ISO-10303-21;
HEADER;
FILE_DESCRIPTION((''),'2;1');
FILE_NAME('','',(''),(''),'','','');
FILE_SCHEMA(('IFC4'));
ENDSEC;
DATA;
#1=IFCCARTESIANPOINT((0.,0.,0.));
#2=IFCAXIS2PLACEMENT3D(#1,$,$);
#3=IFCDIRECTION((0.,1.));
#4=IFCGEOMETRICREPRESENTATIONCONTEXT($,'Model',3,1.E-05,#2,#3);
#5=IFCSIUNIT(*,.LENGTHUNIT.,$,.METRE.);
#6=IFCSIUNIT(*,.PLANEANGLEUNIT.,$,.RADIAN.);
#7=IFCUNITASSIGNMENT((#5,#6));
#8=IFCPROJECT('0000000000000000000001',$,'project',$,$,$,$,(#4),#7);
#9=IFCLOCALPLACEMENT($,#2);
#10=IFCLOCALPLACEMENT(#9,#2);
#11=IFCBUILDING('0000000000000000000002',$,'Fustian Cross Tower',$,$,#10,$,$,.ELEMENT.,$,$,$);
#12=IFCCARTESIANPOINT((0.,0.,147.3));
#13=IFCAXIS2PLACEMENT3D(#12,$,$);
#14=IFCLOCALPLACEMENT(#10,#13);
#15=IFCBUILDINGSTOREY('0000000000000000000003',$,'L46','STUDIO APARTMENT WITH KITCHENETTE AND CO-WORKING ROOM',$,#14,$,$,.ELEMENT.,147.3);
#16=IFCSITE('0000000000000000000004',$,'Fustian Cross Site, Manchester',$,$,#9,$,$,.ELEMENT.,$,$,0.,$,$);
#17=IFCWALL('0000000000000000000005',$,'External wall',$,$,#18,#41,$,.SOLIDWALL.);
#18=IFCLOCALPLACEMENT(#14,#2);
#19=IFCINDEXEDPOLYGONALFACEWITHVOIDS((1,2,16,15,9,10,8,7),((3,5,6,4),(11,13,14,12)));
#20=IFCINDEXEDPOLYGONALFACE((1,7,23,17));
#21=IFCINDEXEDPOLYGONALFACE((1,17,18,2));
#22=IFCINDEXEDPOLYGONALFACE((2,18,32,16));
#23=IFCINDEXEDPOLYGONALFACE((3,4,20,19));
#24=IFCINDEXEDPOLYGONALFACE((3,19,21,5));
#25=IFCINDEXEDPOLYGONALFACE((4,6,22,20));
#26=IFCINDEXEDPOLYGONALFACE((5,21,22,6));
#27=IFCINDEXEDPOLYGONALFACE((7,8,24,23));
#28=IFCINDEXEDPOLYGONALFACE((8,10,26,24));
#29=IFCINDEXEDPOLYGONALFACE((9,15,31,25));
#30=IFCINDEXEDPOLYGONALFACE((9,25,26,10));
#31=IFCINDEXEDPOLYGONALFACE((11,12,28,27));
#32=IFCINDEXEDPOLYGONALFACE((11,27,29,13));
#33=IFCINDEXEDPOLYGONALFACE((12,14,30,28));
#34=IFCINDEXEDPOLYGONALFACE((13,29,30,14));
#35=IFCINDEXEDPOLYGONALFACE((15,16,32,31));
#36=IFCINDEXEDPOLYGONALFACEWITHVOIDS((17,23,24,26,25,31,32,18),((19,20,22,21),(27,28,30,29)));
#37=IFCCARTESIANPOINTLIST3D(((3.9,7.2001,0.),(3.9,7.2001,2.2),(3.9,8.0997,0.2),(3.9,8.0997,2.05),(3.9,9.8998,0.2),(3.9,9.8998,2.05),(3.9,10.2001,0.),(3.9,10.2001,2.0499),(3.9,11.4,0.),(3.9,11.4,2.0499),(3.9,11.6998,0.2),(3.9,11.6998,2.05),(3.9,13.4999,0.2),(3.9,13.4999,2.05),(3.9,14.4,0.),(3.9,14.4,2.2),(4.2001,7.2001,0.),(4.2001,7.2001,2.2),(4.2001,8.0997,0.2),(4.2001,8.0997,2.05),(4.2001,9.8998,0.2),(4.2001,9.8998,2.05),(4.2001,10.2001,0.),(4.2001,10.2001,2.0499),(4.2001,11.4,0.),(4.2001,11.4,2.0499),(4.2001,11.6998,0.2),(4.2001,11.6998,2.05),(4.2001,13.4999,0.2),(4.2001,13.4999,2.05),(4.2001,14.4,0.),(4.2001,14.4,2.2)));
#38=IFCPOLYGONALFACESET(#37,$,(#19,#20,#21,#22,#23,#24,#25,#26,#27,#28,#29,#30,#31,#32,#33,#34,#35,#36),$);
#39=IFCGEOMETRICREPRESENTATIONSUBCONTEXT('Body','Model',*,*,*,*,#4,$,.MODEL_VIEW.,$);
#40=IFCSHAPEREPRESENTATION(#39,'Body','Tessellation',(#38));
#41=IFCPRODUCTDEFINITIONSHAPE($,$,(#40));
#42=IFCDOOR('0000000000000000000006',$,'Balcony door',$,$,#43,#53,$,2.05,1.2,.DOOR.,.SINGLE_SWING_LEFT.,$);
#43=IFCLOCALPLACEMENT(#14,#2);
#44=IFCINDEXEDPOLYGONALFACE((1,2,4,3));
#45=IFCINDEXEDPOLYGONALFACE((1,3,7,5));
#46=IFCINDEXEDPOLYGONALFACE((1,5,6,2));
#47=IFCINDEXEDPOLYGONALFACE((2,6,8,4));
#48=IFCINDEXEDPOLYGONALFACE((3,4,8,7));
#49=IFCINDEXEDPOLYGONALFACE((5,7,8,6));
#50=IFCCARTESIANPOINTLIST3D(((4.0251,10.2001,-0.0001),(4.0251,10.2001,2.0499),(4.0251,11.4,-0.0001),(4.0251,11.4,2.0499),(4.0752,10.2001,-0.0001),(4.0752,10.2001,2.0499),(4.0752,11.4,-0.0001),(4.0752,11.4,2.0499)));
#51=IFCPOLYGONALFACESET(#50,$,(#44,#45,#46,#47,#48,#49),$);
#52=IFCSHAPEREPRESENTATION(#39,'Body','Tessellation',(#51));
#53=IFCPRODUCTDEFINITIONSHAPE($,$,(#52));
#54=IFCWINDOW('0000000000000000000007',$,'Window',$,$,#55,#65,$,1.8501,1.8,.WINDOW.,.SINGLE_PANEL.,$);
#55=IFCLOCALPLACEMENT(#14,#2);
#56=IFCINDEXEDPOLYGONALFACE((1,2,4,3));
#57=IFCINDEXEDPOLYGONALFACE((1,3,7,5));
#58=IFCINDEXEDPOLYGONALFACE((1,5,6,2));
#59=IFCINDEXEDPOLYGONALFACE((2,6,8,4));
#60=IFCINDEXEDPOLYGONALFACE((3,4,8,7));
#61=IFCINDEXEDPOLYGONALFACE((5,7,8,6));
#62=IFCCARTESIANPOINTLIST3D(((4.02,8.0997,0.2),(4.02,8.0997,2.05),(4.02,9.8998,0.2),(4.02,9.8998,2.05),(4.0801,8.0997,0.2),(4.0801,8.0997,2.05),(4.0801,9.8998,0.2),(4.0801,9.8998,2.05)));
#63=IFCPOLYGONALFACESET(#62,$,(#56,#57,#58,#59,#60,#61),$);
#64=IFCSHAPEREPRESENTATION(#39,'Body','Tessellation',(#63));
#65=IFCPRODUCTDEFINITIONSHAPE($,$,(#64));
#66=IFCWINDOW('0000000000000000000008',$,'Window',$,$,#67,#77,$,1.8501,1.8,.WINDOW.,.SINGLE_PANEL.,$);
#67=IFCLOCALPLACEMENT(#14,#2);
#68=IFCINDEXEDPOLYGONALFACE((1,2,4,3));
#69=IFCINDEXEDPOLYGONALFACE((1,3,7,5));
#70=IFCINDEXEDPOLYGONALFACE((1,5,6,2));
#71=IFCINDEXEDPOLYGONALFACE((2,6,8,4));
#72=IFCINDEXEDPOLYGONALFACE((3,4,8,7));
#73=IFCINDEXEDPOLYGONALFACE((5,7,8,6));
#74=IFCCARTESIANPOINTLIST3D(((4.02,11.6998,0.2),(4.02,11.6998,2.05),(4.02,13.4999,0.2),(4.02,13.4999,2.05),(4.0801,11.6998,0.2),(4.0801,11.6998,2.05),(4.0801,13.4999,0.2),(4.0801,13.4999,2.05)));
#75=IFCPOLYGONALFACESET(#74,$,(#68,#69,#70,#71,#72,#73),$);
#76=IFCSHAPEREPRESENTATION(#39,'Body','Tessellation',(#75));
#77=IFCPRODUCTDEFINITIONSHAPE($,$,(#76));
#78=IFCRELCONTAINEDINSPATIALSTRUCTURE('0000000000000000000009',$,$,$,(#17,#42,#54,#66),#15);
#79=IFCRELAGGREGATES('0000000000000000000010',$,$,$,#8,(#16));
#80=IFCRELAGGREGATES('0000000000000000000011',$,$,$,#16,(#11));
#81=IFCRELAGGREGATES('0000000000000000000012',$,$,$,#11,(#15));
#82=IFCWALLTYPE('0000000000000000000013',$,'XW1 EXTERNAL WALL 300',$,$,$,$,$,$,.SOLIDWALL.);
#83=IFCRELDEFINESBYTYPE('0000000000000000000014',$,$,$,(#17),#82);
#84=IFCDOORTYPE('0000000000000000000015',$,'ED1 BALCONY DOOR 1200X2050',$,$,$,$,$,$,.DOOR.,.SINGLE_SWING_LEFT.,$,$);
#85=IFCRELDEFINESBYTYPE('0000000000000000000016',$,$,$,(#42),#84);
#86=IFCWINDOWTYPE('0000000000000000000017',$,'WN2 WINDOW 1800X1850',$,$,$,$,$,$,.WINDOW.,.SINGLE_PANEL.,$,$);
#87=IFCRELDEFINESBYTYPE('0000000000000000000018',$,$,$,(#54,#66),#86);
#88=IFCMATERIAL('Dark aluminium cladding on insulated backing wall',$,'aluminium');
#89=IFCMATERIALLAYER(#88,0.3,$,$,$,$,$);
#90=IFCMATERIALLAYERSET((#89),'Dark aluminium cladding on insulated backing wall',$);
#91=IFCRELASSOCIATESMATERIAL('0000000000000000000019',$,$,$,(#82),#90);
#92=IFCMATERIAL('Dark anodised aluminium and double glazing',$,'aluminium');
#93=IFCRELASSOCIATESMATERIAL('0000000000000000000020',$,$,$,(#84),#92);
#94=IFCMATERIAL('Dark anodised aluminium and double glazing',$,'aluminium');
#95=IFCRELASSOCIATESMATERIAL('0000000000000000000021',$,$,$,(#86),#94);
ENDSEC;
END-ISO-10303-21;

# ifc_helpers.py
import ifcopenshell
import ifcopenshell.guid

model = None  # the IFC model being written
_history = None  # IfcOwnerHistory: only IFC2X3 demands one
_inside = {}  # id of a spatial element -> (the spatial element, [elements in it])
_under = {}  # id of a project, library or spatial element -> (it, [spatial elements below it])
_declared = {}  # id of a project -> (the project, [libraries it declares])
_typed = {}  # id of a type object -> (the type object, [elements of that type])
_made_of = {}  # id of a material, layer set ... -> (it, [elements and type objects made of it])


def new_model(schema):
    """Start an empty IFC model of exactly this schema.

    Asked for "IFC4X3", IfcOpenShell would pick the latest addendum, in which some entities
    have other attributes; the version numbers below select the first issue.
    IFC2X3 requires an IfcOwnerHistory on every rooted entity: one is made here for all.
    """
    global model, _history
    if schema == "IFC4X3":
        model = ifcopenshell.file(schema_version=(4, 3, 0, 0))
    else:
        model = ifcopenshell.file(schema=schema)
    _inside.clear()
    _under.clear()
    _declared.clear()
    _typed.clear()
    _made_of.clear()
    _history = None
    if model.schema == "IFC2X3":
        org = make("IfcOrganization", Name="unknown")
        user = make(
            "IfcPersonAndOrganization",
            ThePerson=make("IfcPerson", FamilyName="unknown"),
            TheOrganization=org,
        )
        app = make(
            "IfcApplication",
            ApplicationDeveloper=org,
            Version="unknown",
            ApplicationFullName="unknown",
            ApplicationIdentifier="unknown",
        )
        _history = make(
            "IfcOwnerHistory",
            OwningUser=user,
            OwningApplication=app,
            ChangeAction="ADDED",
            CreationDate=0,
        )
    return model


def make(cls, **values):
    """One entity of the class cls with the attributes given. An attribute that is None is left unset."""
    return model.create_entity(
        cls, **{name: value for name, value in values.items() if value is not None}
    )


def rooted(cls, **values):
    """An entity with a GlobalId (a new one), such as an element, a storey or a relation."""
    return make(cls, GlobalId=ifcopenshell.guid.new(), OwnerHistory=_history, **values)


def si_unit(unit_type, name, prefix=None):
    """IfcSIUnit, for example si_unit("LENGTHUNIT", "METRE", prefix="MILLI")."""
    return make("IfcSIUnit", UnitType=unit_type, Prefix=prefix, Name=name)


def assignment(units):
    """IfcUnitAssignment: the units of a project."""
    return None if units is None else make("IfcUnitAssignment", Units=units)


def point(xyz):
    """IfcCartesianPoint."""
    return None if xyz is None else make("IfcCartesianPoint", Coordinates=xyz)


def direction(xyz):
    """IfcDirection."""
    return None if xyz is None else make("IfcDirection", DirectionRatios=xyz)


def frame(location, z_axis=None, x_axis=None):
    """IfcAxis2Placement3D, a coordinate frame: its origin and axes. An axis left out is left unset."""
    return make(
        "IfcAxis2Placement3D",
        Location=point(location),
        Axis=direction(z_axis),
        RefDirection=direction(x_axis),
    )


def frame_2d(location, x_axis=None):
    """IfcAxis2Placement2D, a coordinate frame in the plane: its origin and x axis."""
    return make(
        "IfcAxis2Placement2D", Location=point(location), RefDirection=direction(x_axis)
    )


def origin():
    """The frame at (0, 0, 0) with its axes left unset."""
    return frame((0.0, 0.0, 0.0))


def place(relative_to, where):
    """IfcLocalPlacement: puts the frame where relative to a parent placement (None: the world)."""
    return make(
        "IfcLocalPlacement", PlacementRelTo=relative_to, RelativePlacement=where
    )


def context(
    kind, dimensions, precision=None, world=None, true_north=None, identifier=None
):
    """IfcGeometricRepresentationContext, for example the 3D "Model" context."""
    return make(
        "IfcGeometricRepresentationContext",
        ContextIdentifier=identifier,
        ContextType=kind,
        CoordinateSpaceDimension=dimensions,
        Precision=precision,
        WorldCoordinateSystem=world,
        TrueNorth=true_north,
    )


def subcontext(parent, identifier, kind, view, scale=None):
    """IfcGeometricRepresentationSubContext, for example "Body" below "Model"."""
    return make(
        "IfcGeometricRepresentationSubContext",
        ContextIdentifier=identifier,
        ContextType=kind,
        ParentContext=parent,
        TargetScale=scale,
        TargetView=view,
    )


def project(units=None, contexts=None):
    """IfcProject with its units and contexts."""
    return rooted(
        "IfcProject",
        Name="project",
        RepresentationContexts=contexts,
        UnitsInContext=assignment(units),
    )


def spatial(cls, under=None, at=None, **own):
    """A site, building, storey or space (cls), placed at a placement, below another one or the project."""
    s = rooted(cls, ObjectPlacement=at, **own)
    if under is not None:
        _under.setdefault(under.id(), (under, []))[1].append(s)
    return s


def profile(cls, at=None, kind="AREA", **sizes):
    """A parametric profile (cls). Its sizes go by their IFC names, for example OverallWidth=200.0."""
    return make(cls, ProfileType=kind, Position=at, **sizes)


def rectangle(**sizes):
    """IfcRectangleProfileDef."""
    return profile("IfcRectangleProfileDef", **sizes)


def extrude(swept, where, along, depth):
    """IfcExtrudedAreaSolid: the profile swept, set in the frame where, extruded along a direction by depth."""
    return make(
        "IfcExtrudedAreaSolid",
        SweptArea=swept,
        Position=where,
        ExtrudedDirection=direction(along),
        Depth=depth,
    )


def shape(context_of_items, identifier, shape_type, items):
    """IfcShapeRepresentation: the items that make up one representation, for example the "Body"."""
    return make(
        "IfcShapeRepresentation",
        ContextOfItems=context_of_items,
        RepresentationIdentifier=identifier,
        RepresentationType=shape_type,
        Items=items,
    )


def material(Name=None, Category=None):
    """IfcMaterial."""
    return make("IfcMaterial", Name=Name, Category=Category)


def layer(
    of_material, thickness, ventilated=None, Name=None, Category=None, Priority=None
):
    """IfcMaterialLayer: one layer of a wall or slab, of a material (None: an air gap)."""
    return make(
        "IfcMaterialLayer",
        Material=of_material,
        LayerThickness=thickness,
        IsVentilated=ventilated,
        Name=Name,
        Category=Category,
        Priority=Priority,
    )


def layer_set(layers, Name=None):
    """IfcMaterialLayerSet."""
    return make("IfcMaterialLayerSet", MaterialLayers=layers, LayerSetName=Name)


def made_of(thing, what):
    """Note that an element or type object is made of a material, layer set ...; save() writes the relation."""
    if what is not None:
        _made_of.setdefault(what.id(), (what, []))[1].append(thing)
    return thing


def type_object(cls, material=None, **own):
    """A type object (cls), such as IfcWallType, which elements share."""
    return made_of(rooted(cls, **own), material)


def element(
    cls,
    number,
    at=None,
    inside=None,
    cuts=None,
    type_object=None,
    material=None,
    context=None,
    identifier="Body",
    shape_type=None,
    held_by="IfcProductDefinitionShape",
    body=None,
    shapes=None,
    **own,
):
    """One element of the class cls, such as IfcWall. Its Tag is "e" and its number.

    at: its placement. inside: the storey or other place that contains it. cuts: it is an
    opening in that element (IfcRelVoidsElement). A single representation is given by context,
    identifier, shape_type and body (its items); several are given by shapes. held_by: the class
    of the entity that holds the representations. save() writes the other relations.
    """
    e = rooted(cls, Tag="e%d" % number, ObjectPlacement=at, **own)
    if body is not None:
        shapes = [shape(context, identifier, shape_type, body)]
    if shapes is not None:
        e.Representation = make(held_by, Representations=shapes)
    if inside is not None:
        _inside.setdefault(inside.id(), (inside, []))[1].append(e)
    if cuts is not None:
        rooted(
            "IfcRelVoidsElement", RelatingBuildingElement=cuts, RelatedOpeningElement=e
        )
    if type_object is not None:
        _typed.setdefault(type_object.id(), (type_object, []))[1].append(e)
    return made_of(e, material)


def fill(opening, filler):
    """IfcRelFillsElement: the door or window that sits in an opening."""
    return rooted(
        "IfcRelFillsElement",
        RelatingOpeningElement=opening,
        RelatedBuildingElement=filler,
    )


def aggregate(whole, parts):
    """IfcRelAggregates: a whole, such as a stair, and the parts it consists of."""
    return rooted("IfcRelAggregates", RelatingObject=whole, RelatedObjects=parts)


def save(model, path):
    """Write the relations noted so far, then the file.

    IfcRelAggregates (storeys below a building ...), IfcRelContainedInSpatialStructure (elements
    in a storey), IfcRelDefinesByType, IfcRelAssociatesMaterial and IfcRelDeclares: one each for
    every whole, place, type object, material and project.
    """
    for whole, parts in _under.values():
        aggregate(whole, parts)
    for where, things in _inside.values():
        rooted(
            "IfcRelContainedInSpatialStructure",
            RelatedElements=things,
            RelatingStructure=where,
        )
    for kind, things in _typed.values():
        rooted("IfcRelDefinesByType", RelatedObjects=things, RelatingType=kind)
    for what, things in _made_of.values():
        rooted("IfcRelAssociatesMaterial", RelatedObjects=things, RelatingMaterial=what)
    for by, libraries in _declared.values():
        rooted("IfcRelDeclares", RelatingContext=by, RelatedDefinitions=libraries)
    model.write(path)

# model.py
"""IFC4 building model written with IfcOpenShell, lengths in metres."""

from ifc_helpers import new_model, si_unit, direction, frame, frame_2d, origin, place, context, subcontext, project, spatial, rectangle, extrude, material, layer, layer_set, type_object, element, fill, save


model = new_model("IFC4")

# Units and contexts
model_context = context("Model", 3, precision=1e-05, world=origin(), true_north=direction((0.0, 1.0)))
body_context = subcontext(model_context, "Body", "Model", "MODEL_VIEW")
ifc_project = project(units=[si_unit("LENGTHUNIT", "METRE"), si_unit("PLANEANGLEUNIT", "RADIAN")], contexts=[model_context])

# Site, building, storey
site_placement = place(None, origin())
site = spatial("IfcSite", under=ifc_project, at=site_placement, Name="Fustian Cross Site, Manchester", CompositionType="ELEMENT", RefElevation=0.0)
building_placement = place(site_placement, origin())
building = spatial("IfcBuilding", under=site, at=building_placement, Name="Fustian Cross Tower", CompositionType="ELEMENT")
storey_placement = place(building_placement, frame((0.0, 0.0, 147.3)))
storey = spatial("IfcBuildingStorey", under=building, at=storey_placement, Name="L46", Description="STUDIO APARTMENT WITH KITCHENETTE AND CO-WORKING ROOM", CompositionType="ELEMENT", Elevation=147.3)

# Shared definitions
ifc_material_1 = material(Name="Dark aluminium cladding on insulated backing wall", Category="aluminium")
ifc_layer_1 = layer(ifc_material_1, 0.3)
ifc_layer_set_1 = layer_set([ifc_layer_1], Name="Dark aluminium cladding on insulated backing wall")
wall_type_1 = type_object("IfcWallType", Name="XW1 EXTERNAL WALL 300", PredefinedType="SOLIDWALL", material=ifc_layer_set_1)

# Wall, openings, door, windows
wall_1_placement = place(storey_placement, frame((4.05, 7.2, 0.0), z_axis=(0.0, 0.0, 1.0), x_axis=(0.0, 1.0, 0.0)))
wall_1 = element("IfcWall", 1, at=wall_1_placement, inside=storey, type_object=wall_type_1, Name="External wall", PredefinedType="SOLIDWALL", context=body_context, shape_type="SweptSolid", body=[
    extrude(rectangle(XDim=7.2, YDim=0.3, at=frame_2d((3.6001, 0.0))), origin(), (0.0, 0.0, 1.0), 2.2),
])
opening_1_placement = place(wall_1_placement, frame((3.0, 0.0, 0.0)))
opening_1 = element("IfcOpeningElement", 2, at=opening_1_placement, cuts=wall_1, PredefinedType="OPENING", context=body_context, shape_type="SweptSolid", body=[
    extrude(rectangle(XDim=1.2, YDim=2.05, at=frame_2d((0.6001, 1.0249))), frame((0.0, 0.1599, 0.0), z_axis=(0.0, -1.0, 0.0), x_axis=(1.0, 0.0, 0.0)), (0.0, 0.0, 1.0), 0.3201),
])
opening_2_placement = place(wall_1_placement, frame((0.8999, 0.0, 0.2)))
opening_2 = element("IfcOpeningElement", 3, at=opening_2_placement, cuts=wall_1, PredefinedType="OPENING", context=body_context, shape_type="SweptSolid", body=[
    extrude(rectangle(XDim=1.8, YDim=1.8501, at=frame_2d((0.8999, 0.925))), frame((0.0, 0.1599, 0.0), z_axis=(0.0, -1.0, 0.0), x_axis=(1.0, 0.0, 0.0)), (0.0, 0.0, 1.0), 0.3201),
])
opening_3_placement = place(wall_1_placement, frame((4.5, 0.0, 0.2)))
opening_3 = element("IfcOpeningElement", 4, at=opening_3_placement, cuts=wall_1, PredefinedType="OPENING", context=body_context, shape_type="SweptSolid", body=[
    extrude(rectangle(XDim=1.8, YDim=1.8501, at=frame_2d((0.8999, 0.925))), frame((0.0, 0.1599, 0.0), z_axis=(0.0, -1.0, 0.0), x_axis=(1.0, 0.0, 0.0)), (0.0, 0.0, 1.0), 0.3201),
])
ifc_material_2 = material(Name="Dark anodised aluminium and double glazing", Category="aluminium")
door_type_1 = type_object("IfcDoorType", Name="ED1 BALCONY DOOR 1200X2050", OperationType="SINGLE_SWING_LEFT", PredefinedType="DOOR", material=ifc_material_2)
door_1_placement = place(opening_1_placement, origin())
door_1 = element("IfcDoor", 5, at=door_1_placement, inside=storey, type_object=door_type_1, Name="Balcony door", OperationType="SINGLE_SWING_LEFT", OverallHeight=2.05, OverallWidth=1.2, PredefinedType="DOOR", context=body_context, shape_type="SweptSolid", body=[
    extrude(rectangle(XDim=1.2, YDim=2.05, at=frame_2d((0.6001, 1.0249))), frame((0.0, 0.0249, 0.0), z_axis=(0.0, -1.0, 0.0), x_axis=(1.0, 0.0, 0.0)), (0.0, 0.0, 1.0), 0.05),
])
fill(opening_1, door_1)
ifc_material_3 = material(Name="Dark anodised aluminium and double glazing", Category="aluminium")
window_type = type_object("IfcWindowType", Name="WN2 WINDOW 1800X1850", PartitioningType="SINGLE_PANEL", PredefinedType="WINDOW", material=ifc_material_3)
window_1_placement = place(opening_2_placement, origin())
window_1 = element("IfcWindow", 6, at=window_1_placement, inside=storey, type_object=window_type, Name="Window", OverallHeight=1.8501, OverallWidth=1.8, PartitioningType="SINGLE_PANEL", PredefinedType="WINDOW", context=body_context, shape_type="SweptSolid", body=[
    extrude(rectangle(XDim=1.8, YDim=1.8501, at=frame_2d((0.8999, 0.925))), frame((0.0, 0.03, 0.0), z_axis=(0.0, -1.0, 0.0), x_axis=(1.0, 0.0, 0.0)), (0.0, 0.0, 1.0), 0.0601),
])
fill(opening_2, window_1)
window_2_placement = place(opening_3_placement, origin())
window_2 = element("IfcWindow", 7, at=window_2_placement, inside=storey, type_object=window_type, Name="Window", OverallHeight=1.8501, OverallWidth=1.8, PartitioningType="SINGLE_PANEL", PredefinedType="WINDOW", context=body_context, shape_type="SweptSolid", body=[
    extrude(rectangle(XDim=1.8, YDim=1.8501, at=frame_2d((0.8999, 0.925))), frame((0.0, 0.03, 0.0), z_axis=(0.0, -1.0, 0.0), x_axis=(1.0, 0.0, 0.0)), (0.0, 0.0, 1.0), 0.0601),
])
fill(opening_3, window_2)

save(model, "model.ifc")
